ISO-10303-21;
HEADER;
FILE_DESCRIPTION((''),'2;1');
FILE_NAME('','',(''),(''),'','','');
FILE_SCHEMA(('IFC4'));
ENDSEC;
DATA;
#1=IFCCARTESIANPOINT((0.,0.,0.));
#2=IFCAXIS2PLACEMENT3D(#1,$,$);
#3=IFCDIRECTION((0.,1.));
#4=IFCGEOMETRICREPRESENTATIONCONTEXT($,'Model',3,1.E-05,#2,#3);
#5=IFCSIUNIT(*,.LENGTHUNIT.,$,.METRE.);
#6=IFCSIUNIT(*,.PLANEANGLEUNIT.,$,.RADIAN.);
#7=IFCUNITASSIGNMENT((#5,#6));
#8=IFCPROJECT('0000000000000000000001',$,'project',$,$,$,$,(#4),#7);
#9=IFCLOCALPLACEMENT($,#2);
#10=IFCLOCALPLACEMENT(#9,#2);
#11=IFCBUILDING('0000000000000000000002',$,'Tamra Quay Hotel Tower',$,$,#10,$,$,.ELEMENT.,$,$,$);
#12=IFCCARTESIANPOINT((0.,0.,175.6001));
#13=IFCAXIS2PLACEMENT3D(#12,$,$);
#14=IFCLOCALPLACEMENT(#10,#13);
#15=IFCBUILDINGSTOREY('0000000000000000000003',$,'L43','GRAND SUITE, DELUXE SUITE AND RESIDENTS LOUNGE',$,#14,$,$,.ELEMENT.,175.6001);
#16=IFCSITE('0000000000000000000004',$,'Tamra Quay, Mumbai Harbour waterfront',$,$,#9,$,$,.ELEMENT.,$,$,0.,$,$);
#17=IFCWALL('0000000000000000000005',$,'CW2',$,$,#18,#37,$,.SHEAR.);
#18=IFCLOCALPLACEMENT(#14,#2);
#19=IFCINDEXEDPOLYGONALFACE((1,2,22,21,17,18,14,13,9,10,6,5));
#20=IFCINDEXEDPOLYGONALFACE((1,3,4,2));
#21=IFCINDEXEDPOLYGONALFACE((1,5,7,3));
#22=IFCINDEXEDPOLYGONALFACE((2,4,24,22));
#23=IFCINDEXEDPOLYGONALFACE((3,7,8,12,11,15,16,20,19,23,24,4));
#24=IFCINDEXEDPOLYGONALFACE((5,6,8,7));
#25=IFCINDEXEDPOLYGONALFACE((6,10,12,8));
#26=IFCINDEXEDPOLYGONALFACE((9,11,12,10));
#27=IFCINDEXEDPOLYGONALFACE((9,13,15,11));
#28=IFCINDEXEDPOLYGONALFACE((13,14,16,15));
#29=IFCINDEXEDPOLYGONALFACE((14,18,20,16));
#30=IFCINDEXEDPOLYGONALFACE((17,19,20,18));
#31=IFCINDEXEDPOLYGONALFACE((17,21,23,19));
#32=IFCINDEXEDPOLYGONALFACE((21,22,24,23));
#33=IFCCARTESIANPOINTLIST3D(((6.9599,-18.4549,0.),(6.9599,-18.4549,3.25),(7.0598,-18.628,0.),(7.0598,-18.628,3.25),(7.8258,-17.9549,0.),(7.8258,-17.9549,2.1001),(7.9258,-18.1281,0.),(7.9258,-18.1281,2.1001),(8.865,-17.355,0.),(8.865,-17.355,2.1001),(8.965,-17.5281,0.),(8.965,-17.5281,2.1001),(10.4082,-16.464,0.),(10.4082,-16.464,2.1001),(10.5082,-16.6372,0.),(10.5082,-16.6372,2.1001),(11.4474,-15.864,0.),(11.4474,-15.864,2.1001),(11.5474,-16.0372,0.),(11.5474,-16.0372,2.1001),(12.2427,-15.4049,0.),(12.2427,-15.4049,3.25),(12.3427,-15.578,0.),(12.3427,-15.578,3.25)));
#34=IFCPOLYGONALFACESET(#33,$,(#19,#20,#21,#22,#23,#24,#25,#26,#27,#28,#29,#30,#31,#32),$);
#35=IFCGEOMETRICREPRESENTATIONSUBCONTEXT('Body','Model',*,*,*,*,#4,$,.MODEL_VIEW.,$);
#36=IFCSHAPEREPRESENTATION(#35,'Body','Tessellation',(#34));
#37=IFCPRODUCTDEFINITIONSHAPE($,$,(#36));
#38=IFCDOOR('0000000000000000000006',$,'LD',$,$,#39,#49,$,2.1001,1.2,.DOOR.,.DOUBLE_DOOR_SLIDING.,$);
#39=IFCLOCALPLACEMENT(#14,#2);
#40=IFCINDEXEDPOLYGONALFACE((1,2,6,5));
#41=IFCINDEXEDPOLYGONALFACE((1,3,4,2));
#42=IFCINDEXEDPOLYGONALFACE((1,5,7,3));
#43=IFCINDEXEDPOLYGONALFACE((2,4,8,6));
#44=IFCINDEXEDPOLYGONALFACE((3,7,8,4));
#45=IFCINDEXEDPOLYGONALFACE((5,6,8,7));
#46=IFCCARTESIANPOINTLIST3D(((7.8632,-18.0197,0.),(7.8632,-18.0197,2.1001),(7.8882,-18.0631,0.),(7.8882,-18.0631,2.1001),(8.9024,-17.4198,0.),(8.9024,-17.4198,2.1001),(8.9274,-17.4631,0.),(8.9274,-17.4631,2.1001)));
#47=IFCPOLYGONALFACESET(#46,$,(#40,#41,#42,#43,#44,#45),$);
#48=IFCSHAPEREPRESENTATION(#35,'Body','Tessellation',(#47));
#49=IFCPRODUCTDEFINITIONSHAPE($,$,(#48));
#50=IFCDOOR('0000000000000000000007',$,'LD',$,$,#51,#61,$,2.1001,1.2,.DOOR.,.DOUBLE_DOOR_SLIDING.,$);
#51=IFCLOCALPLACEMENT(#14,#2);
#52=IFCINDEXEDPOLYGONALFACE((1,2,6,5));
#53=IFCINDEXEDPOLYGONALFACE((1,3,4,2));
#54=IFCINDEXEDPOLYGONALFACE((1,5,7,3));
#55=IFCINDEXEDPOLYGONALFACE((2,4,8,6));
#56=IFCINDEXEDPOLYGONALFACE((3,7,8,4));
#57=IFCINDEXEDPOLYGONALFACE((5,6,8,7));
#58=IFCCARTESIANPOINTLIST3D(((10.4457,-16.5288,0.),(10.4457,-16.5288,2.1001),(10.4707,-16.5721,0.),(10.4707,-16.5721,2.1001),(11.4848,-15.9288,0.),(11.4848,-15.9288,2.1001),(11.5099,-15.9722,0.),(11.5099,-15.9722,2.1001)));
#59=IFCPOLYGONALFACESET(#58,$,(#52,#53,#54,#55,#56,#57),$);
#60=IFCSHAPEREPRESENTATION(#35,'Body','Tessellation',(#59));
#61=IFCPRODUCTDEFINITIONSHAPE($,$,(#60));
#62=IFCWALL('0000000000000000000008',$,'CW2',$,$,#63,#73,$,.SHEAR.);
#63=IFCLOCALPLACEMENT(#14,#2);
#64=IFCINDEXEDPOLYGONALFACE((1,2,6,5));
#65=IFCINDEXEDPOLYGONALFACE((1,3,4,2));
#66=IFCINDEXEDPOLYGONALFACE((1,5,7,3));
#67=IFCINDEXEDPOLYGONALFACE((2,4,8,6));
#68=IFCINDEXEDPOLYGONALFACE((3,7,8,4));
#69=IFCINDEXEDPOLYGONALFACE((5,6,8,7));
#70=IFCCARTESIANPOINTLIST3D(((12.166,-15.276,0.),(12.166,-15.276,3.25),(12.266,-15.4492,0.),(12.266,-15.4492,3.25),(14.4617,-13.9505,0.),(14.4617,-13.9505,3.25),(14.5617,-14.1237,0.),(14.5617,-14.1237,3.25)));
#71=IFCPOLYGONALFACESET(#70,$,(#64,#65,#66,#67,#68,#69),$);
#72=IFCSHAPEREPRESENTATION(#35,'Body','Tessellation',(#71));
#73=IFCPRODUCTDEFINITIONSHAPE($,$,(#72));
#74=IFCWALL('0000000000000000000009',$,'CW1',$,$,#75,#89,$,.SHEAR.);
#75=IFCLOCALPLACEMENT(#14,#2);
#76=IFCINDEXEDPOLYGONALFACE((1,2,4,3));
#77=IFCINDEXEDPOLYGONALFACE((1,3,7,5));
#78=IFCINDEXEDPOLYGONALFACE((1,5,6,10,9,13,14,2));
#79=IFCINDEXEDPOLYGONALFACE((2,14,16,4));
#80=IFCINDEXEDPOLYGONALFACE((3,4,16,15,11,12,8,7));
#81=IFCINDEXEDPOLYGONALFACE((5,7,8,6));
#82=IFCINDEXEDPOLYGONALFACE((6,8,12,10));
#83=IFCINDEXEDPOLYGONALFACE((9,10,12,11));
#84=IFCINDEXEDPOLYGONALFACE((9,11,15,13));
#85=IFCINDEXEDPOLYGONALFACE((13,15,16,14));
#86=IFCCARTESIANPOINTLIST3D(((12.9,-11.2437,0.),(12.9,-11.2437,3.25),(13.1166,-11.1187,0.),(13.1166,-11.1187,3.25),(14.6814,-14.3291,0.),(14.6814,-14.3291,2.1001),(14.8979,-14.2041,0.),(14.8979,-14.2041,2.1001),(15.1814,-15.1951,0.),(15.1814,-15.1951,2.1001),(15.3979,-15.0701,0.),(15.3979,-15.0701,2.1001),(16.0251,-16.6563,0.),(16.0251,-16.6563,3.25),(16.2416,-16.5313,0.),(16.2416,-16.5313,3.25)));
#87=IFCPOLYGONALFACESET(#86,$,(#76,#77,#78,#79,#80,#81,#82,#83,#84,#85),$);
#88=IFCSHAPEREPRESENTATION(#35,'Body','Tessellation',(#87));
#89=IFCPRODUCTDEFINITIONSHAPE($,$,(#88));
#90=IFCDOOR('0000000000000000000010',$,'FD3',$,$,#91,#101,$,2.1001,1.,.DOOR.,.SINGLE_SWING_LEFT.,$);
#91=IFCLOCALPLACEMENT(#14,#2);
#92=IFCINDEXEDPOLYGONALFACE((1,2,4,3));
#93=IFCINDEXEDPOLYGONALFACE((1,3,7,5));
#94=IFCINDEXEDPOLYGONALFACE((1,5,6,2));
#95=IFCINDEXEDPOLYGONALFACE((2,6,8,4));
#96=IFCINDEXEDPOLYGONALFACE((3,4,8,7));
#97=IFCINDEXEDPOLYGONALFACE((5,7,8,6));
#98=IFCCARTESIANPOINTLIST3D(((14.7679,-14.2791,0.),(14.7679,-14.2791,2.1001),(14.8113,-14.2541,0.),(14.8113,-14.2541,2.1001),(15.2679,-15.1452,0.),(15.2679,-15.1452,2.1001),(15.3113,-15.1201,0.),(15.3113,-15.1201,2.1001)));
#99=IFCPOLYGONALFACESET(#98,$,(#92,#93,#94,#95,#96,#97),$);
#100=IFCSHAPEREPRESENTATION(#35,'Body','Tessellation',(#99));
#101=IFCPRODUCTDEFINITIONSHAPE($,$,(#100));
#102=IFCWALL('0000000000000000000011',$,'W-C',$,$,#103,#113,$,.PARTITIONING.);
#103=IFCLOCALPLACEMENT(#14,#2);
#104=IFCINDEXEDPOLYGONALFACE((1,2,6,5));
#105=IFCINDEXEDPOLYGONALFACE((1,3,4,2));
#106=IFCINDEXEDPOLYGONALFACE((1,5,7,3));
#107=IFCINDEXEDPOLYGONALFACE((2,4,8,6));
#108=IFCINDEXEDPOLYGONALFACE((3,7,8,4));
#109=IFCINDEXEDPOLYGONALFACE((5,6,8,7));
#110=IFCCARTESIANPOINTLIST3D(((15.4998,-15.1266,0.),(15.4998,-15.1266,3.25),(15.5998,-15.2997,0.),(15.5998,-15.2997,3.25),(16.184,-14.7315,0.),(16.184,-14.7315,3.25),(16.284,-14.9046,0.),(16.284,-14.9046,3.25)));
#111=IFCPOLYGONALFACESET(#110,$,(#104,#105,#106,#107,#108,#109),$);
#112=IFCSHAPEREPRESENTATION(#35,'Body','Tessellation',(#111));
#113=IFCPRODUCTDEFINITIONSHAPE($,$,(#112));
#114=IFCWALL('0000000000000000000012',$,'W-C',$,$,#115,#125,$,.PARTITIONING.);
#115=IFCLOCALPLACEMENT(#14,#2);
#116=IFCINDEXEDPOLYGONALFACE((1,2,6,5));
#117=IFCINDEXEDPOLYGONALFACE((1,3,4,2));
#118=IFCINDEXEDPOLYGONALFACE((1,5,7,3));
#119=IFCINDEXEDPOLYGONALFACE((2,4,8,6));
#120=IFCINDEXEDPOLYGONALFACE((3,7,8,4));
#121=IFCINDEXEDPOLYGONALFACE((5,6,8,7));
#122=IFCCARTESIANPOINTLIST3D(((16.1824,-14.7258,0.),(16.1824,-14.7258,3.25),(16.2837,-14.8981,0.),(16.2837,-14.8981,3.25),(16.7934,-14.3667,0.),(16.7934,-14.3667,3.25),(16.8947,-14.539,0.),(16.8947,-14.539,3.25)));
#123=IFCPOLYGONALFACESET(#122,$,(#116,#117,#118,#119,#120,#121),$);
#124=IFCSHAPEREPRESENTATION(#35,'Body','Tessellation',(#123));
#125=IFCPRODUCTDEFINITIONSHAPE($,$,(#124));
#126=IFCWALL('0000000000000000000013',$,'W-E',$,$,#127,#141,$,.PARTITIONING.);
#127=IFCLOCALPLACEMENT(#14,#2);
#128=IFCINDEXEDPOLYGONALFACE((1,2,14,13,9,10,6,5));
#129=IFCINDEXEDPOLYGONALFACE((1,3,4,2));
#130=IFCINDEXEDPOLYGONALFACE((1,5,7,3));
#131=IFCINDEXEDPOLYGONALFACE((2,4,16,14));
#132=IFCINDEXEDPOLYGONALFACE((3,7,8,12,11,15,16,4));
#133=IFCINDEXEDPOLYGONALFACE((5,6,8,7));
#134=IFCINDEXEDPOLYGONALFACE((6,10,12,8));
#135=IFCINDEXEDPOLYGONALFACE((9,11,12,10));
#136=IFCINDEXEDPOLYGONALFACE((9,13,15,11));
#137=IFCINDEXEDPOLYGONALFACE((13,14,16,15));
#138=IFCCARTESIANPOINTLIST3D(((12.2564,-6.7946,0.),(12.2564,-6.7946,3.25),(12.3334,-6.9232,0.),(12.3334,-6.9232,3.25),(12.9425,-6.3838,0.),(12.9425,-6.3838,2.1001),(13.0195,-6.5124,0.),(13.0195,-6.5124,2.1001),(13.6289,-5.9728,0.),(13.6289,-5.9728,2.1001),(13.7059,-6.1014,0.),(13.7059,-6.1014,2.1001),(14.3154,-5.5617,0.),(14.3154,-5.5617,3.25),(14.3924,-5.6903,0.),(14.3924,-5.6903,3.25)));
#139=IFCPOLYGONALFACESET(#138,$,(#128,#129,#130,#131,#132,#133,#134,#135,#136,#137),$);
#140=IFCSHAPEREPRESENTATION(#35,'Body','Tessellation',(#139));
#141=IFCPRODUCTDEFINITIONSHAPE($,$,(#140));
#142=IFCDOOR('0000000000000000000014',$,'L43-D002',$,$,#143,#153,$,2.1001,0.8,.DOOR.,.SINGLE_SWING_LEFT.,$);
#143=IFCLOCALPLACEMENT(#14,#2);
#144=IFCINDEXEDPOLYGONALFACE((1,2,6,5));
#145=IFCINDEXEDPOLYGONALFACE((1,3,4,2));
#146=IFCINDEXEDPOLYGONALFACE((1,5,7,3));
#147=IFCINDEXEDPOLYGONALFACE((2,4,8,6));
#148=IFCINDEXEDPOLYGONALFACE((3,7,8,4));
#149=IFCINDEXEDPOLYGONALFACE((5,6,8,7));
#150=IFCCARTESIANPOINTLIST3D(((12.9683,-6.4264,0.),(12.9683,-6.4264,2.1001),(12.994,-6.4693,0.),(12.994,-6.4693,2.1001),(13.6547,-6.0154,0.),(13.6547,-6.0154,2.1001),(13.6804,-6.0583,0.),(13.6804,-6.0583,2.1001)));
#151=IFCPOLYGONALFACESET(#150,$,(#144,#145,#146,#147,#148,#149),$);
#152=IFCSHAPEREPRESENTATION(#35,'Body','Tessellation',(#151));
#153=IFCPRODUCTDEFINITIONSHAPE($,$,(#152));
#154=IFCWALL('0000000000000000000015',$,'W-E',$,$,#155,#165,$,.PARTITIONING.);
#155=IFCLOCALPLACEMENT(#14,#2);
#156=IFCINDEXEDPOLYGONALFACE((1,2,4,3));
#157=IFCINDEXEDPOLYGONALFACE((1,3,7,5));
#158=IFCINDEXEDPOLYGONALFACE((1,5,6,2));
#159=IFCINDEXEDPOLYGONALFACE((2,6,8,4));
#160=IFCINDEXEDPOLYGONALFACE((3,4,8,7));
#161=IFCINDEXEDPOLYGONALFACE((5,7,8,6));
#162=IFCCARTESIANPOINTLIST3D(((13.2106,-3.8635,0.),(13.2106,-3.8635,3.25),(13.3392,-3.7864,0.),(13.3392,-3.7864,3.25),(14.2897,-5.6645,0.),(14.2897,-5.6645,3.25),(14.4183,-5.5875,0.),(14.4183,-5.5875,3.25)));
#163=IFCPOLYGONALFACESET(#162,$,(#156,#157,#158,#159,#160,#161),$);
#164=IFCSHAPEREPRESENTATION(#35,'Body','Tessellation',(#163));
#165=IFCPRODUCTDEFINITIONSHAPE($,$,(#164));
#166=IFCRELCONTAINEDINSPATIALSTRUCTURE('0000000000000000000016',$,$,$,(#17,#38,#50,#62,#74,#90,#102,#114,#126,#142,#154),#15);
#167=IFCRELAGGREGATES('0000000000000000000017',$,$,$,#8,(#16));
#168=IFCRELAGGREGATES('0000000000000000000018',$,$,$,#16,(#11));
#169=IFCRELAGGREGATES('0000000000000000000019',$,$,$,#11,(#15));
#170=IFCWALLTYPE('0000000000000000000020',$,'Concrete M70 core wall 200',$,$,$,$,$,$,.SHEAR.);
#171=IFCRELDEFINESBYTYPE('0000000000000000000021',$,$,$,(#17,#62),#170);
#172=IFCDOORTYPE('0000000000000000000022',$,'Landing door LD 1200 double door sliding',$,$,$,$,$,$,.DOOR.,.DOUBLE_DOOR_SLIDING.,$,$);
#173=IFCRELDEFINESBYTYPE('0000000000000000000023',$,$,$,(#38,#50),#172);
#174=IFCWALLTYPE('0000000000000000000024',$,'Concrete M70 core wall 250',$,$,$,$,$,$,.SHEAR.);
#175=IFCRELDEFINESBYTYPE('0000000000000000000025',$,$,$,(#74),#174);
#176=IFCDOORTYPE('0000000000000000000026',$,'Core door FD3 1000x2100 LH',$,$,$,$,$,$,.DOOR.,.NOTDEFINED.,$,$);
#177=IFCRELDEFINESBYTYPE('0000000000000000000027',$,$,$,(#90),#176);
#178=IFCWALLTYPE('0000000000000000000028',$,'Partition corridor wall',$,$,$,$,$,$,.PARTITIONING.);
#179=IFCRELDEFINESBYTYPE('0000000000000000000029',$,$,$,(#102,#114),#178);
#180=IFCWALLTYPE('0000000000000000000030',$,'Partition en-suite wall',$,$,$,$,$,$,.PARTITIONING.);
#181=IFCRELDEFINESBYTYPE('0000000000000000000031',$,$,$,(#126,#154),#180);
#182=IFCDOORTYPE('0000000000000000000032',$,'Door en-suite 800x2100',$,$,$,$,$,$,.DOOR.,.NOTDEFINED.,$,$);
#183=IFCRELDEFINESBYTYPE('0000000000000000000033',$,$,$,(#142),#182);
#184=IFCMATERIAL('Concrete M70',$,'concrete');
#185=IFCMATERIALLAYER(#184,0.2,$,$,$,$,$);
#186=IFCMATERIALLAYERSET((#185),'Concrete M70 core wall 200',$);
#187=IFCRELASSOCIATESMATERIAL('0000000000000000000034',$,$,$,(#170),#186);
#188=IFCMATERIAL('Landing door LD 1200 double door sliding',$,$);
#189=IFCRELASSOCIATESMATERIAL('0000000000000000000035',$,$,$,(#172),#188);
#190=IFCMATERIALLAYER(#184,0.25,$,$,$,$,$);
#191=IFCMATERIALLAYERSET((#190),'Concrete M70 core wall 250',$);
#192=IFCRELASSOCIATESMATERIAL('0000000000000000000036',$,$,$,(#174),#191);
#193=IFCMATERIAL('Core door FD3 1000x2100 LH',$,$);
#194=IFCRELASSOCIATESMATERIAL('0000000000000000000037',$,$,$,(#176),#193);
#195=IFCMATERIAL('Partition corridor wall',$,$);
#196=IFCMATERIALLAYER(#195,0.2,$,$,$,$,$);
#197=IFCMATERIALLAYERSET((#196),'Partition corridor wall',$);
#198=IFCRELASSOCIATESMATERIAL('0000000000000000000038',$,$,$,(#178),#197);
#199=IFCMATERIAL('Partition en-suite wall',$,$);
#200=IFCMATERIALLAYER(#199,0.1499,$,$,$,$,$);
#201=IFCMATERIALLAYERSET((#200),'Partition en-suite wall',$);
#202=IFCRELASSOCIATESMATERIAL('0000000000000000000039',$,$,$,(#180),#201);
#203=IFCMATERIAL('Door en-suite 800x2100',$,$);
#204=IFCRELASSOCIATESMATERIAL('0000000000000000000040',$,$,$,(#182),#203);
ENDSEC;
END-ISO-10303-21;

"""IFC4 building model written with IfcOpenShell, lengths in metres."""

from ifc_helpers import new_model, si_unit, direction, frame, frame_2d, origin, place, context, subcontext, project, spatial, rectangle, extrude, material, layer, layer_set, type_object, element, fill, save


model = new_model("IFC4")

# Units and contexts
model_context = context("Model", 3, precision=1e-05, world=origin(), true_north=direction((0.0, 1.0)))
body_context = subcontext(model_context, "Body", "Model", "MODEL_VIEW")
ifc_project = project(units=[si_unit("LENGTHUNIT", "METRE"), si_unit("PLANEANGLEUNIT", "RADIAN")], contexts=[model_context])

# Site, building, storey
site_placement = place(None, origin())
site = spatial("IfcSite", under=ifc_project, at=site_placement, Name="Tamra Quay, Mumbai Harbour waterfront", CompositionType="ELEMENT", RefElevation=0.0)
building_placement = place(site_placement, origin())
building = spatial("IfcBuilding", under=site, at=building_placement, Name="Tamra Quay Hotel Tower", CompositionType="ELEMENT")
storey_placement = place(building_placement, frame((0.0, 0.0, 175.6001)))
storey = spatial("IfcBuildingStorey", under=building, at=storey_placement, Name="L43", Description="GRAND SUITE, DELUXE SUITE AND RESIDENTS LOUNGE", CompositionType="ELEMENT", Elevation=175.6001)

# Shared definitions
ifc_material_1 = material(Name="Concrete M70", Category="concrete")

# Wall, openings, doors
ifc_layer_1 = layer(ifc_material_1, 0.2)
ifc_layer_set_1 = layer_set([ifc_layer_1], Name="Concrete M70 core wall 200")
wall_type_1 = type_object("IfcWallType", Name="Concrete M70 core wall 200", PredefinedType="SHEAR", material=ifc_layer_set_1)
wall_1_placement = place(storey_placement, frame((12.2927, -15.4915, 0.0), z_axis=(0.0, 0.0, 1.0), x_axis=(-0.86603, -0.499992, 0.0)))
wall_1 = element("IfcWall", 1, at=wall_1_placement, inside=storey, type_object=wall_type_1, Name="CW2", PredefinedType="SHEAR", context=body_context, shape_type="SweptSolid", body=[
    extrude(rectangle(XDim=6.1001, YDim=0.2, at=frame_2d((3.05, 0.0))), origin(), (0.0, 0.0, 1.0), 3.25),
])
opening_1_placement = place(wall_1_placement, frame((3.9001, 0.0, 0.0)))
opening_1 = element("IfcOpeningElement", 2, at=opening_1_placement, cuts=wall_1, PredefinedType="OPENING", context=body_context, shape_type="SweptSolid", body=[
    extrude(rectangle(XDim=1.2, YDim=2.1001, at=frame_2d((0.6001, 1.05))), frame((0.0, 0.1099, 0.0), z_axis=(0.0, -1.0, 0.0), x_axis=(1.0, 0.0, 0.0)), (0.0, 0.0, 1.0), 0.22),
])
opening_2_placement = place(wall_1_placement, frame((0.9182, 0.0, 0.0)))
opening_2 = element("IfcOpeningElement", 3, at=opening_2_placement, cuts=wall_1, PredefinedType="OPENING", context=body_context, shape_type="SweptSolid", body=[
    extrude(rectangle(XDim=1.2, YDim=2.1001, at=frame_2d((0.6001, 1.05))), frame((0.0, 0.1099, 0.0), z_axis=(0.0, -1.0, 0.0), x_axis=(1.0, 0.0, 0.0)), (0.0, 0.0, 1.0), 0.22),
])
ifc_material_2 = material(Name="Landing door LD 1200 double door sliding")
door_type_1 = type_object("IfcDoorType", Name="Landing door LD 1200 double door sliding", OperationType="DOUBLE_DOOR_SLIDING", PredefinedType="DOOR", material=ifc_material_2)
door_1_placement = place(opening_1_placement, origin())
door_1 = element("IfcDoor", 4, at=door_1_placement, inside=storey, type_object=door_type_1, Name="LD", OperationType="DOUBLE_DOOR_SLIDING", OverallHeight=2.1001, OverallWidth=1.2, PredefinedType="DOOR", context=body_context, shape_type="SweptSolid", body=[
    extrude(rectangle(XDim=1.2, YDim=2.1001, at=frame_2d((0.6001, 1.05))), frame((0.0, 0.0249, 0.0), z_axis=(0.0, -1.0, 0.0), x_axis=(1.0, 0.0, 0.0)), (0.0, 0.0, 1.0), 0.05),
])
fill(opening_1, door_1)
door_2_placement = place(opening_2_placement, origin())
door_2 = element("IfcDoor", 5, at=door_2_placement, inside=storey, type_object=door_type_1, Name="LD", OperationType="DOUBLE_DOOR_SLIDING", OverallHeight=2.1001, OverallWidth=1.2, PredefinedType="DOOR", context=body_context, shape_type="SweptSolid", body=[
    extrude(rectangle(XDim=1.2, YDim=2.1001, at=frame_2d((0.6001, 1.05))), frame((0.0, 0.0249, 0.0), z_axis=(0.0, -1.0, 0.0), x_axis=(1.0, 0.0, 0.0)), (0.0, 0.0, 1.0), 0.05),
])
fill(opening_2, door_2)

# Wall
wall_2_placement = place(storey_placement, frame((14.5117, -14.0371, 0.0), z_axis=(0.0, 0.0, 1.0), x_axis=(-0.866018, -0.500012, 0.0)))
element("IfcWall", 6, at=wall_2_placement, inside=storey, type_object=wall_type_1, Name="CW2", PredefinedType="SHEAR", context=body_context, shape_type="SweptSolid", body=[
    extrude(rectangle(XDim=2.6509, YDim=0.2, at=frame_2d((1.3254, 0.0))), origin(), (0.0, 0.0, 1.0), 3.25),
])

# Wall, opening, door
ifc_layer_2 = layer(ifc_material_1, 0.25)
ifc_layer_set_2 = layer_set([ifc_layer_2], Name="Concrete M70 core wall 250")
wall_type_2 = type_object("IfcWallType", Name="Concrete M70 core wall 250", PredefinedType="SHEAR", material=ifc_layer_set_2)
wall_3_placement = place(storey_placement, frame((13.0083, -11.1812, 0.0), z_axis=(0.0, 0.0, 1.0), x_axis=(0.500004, -0.866023, 0.0)))
wall_3 = element("IfcWall", 7, at=wall_3_placement, inside=storey, type_object=wall_type_2, Name="CW1", PredefinedType="SHEAR", context=body_context, shape_type="SweptSolid", body=[
    extrude(rectangle(XDim=6.25, YDim=0.25, at=frame_2d((3.125, 0.0))), origin(), (0.0, 0.0, 1.0), 3.25),
])
opening_3_placement = place(wall_3_placement, frame((3.5627, 0.0, 0.0)))
opening_3 = element("IfcOpeningElement", 8, at=opening_3_placement, cuts=wall_3, PredefinedType="OPENING", context=body_context, shape_type="SweptSolid", body=[
    extrude(rectangle(XDim=1.0, YDim=2.1001, at=frame_2d((0.5, 1.05))), frame((0.0, 0.135, 0.0), z_axis=(0.0, -1.0, 0.0), x_axis=(1.0, 0.0, 0.0)), (0.0, 0.0, 1.0), 0.27),
])
ifc_material_3 = material(Name="Core door FD3 1000x2100 LH")
door_type_2 = type_object("IfcDoorType", Name="Core door FD3 1000x2100 LH", OperationType="NOTDEFINED", PredefinedType="DOOR", material=ifc_material_3)
door_3_placement = place(opening_3_placement, origin())
door_3 = element("IfcDoor", 9, at=door_3_placement, inside=storey, type_object=door_type_2, Name="FD3", OperationType="SINGLE_SWING_LEFT", OverallHeight=2.1001, OverallWidth=1.0, PredefinedType="DOOR", context=body_context, shape_type="SweptSolid", body=[
    extrude(rectangle(XDim=1.0, YDim=2.1001, at=frame_2d((0.5, 1.05))), frame((0.0, 0.0249, 0.0), z_axis=(0.0, -1.0, 0.0), x_axis=(1.0, 0.0, 0.0)), (0.0, 0.0, 1.0), 0.05),
])
fill(opening_3, door_3)

# Walls
ifc_material_4 = material(Name="Partition corridor wall")
ifc_layer_3 = layer(ifc_material_4, 0.2)
ifc_layer_set_3 = layer_set([ifc_layer_3], Name="Partition corridor wall")
wall_type_3 = type_object("IfcWallType", Name="Partition corridor wall", PredefinedType="PARTITIONING", material=ifc_layer_set_3)
wall_4_placement = place(storey_placement, frame((15.5498, -15.2131, 0.0), z_axis=(0.0, 0.0, 1.0), x_axis=(0.86599, 0.500061, 0.0)))
element("IfcWall", 10, at=wall_4_placement, inside=storey, type_object=wall_type_3, Name="W-C", PredefinedType="PARTITIONING", context=body_context, shape_type="SweptSolid", body=[
    extrude(rectangle(XDim=0.79, YDim=0.2, at=frame_2d((0.395, 0.0))), origin(), (0.0, 0.0, 1.0), 3.25),
])
wall_5_placement = place(storey_placement, frame((16.2329, -14.812, 0.0), z_axis=(0.0, 0.0, 1.0), x_axis=(0.862138, 0.506674, 0.0)))
element("IfcWall", 11, at=wall_5_placement, inside=storey, type_object=wall_type_3, Name="W-C", PredefinedType="PARTITIONING", context=body_context, shape_type="SweptSolid", body=[
    extrude(rectangle(XDim=0.7087, YDim=0.2, at=frame_2d((0.3545, 0.0))), origin(), (0.0, 0.0, 1.0), 3.25),
])

# Wall, opening, door
ifc_material_5 = material(Name="Partition en-suite wall")
ifc_layer_4 = layer(ifc_material_5, 0.1499)
ifc_layer_set_4 = layer_set([ifc_layer_4], Name="Partition en-suite wall")
wall_type_4 = type_object("IfcWallType", Name="Partition en-suite wall", PredefinedType="PARTITIONING", material=ifc_layer_set_4)
wall_6_placement = place(storey_placement, frame((12.2949, -6.8589, 0.0), z_axis=(0.0, 0.0, 1.0), x_axis=(0.857959, 0.513718, 0.0)))
wall_6 = element("IfcWall", 12, at=wall_6_placement, inside=storey, type_object=wall_type_4, Name="W-E", PredefinedType="PARTITIONING", context=body_context, shape_type="SweptSolid", body=[
    extrude(rectangle(XDim=2.3999, YDim=0.1499, at=frame_2d((1.2, 0.0))), origin(), (0.0, 0.0, 1.0), 3.25),
])
opening_4_placement = place(wall_6_placement, frame((0.7998, 0.0, 0.0)))
opening_4 = element("IfcOpeningElement", 13, at=opening_4_placement, cuts=wall_6, PredefinedType="OPENING", context=body_context, shape_type="SweptSolid", body=[
    extrude(rectangle(XDim=0.8, YDim=2.1001, at=frame_2d((0.3999, 1.05))), frame((0.0, 0.085, 0.0), z_axis=(0.0, -1.0, 0.0), x_axis=(1.0, 0.0, 0.0)), (0.0, 0.0, 1.0), 0.1699),
])
ifc_material_6 = material(Name="Door en-suite 800x2100")
door_type_3 = type_object("IfcDoorType", Name="Door en-suite 800x2100", OperationType="NOTDEFINED", PredefinedType="DOOR", material=ifc_material_6)
door_4_placement = place(opening_4_placement, frame((0.8, 0.0, 0.0), z_axis=(0.0, 0.0, 1.0), x_axis=(-1.0, 0.0, 0.0)))
door_4 = element("IfcDoor", 14, at=door_4_placement, inside=storey, type_object=door_type_3, Name="L43-D002", OperationType="SINGLE_SWING_LEFT", OverallHeight=2.1001, OverallWidth=0.8, PredefinedType="DOOR", context=body_context, shape_type="SweptSolid", body=[
    extrude(rectangle(XDim=0.8, YDim=2.1001, at=frame_2d((0.3999, 1.05))), frame((0.0, 0.0249, 0.0), z_axis=(0.0, -1.0, 0.0), x_axis=(1.0, 0.0, 0.0)), (0.0, 0.0, 1.0), 0.05),
])
fill(opening_4, door_4)

# Wall
wall_7_placement = place(storey_placement, frame((13.2749, -3.825, 0.0), z_axis=(0.0, 0.0, 1.0), x_axis=(0.513966, -0.857811, 0.0)))
element("IfcWall", 15, at=wall_7_placement, inside=storey, type_object=wall_type_4, Name="W-E", PredefinedType="PARTITIONING", context=body_context, shape_type="SweptSolid", body=[
    extrude(rectangle(XDim=2.0996, YDim=0.1499, at=frame_2d((1.0498, 0.0))), origin(), (0.0, 0.0, 1.0), 3.25),
])

save(model, "model.ifc")
